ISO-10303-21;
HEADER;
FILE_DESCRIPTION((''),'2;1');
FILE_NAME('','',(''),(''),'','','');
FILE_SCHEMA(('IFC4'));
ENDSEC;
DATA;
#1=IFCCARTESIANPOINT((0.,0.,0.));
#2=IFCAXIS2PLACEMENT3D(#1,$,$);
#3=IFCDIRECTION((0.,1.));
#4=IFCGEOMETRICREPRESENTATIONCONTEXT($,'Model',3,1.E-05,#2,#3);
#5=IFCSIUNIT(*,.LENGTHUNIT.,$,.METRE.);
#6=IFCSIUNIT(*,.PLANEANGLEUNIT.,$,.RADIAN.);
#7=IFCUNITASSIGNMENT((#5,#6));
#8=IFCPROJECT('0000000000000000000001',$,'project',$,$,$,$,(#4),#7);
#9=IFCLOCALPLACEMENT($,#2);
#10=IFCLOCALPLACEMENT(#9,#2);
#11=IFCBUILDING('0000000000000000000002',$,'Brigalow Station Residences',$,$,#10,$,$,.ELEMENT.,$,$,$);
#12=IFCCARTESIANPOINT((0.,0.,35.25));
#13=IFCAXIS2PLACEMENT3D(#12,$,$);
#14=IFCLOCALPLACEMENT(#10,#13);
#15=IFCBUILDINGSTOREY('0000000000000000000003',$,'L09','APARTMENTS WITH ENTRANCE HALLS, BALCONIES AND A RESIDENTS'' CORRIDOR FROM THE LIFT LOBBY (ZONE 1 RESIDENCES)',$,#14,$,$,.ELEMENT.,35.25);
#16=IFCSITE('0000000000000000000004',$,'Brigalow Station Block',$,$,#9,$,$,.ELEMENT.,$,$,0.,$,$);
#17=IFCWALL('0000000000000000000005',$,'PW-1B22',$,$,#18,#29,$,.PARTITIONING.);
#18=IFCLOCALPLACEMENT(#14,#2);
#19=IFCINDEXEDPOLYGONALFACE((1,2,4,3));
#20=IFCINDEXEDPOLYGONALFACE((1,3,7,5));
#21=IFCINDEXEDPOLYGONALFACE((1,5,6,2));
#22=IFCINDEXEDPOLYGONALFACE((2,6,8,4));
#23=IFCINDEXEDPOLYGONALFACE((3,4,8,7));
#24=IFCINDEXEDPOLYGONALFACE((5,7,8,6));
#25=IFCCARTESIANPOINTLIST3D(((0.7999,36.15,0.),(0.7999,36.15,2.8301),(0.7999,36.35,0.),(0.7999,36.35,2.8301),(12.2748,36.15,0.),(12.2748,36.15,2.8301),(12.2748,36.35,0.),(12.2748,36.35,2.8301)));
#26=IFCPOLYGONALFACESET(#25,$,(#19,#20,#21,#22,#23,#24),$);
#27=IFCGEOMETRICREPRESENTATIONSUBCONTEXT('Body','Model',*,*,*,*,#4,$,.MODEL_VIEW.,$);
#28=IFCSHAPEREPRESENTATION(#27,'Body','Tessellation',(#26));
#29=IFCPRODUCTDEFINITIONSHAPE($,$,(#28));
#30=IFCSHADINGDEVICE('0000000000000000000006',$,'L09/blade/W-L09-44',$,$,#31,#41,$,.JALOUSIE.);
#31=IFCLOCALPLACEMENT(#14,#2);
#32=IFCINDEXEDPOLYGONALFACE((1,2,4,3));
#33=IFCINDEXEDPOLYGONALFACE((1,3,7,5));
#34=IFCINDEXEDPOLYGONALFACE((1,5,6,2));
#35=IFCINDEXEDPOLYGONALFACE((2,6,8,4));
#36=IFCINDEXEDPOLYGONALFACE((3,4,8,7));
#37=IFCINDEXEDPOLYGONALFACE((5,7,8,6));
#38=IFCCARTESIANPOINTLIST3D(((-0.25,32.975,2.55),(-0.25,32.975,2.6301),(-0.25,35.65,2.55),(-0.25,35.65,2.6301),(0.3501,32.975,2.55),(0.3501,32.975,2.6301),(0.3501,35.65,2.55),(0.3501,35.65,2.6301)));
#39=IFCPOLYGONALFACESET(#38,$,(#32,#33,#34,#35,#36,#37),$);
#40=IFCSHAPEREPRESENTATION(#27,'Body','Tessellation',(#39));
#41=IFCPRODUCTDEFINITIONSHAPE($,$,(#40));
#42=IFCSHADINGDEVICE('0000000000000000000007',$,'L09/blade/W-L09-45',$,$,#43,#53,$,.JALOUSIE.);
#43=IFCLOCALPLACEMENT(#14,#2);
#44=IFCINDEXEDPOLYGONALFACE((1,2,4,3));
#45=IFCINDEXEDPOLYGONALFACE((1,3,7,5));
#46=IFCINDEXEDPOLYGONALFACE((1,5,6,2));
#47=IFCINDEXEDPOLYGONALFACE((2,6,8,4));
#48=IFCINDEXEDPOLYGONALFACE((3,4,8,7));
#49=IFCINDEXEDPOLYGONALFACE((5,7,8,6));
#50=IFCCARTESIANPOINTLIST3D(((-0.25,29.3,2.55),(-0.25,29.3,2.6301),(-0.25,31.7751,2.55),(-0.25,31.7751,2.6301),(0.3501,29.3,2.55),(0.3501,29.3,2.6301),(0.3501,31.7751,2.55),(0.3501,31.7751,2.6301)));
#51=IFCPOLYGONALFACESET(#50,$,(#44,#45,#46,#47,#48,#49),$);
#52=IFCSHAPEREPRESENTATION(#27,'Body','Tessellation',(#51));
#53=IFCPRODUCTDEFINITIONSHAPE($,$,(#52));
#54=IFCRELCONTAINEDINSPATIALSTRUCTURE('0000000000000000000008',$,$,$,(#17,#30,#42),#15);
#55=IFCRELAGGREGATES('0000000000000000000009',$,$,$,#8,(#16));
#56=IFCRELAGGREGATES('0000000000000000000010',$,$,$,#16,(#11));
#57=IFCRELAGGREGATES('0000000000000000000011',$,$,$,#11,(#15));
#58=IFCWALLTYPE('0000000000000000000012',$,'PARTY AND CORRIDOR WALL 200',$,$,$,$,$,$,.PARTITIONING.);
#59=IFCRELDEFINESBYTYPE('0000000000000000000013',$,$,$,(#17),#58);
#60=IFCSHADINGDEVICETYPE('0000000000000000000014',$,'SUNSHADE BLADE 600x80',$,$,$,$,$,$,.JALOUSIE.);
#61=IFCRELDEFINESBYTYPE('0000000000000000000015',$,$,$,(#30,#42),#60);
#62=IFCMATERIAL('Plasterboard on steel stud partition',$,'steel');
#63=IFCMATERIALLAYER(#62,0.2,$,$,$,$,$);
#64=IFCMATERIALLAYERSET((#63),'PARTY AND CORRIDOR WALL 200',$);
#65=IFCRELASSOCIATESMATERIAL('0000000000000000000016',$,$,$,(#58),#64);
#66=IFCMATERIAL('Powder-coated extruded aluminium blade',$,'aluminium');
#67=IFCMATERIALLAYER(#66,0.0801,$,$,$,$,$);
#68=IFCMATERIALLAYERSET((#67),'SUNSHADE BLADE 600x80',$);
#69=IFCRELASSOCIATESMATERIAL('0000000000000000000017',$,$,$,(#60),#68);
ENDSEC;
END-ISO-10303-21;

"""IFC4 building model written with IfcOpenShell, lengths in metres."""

from ifc_helpers import new_model, si_unit, direction, frame, frame_2d, origin, origin_2d, place, context, subcontext, project, spatial, rectangle, extrude, material, layer, layer_set, type_object, element, save


model = new_model("IFC4")

# Units and contexts
model_context = context("Model", 3, precision=1e-05, world=origin(), true_north=direction((0.0, 1.0)))
body_context = subcontext(model_context, "Body", "Model", "MODEL_VIEW")
ifc_project = project(units=[si_unit("LENGTHUNIT", "METRE"), si_unit("PLANEANGLEUNIT", "RADIAN")], contexts=[model_context])

# Site, building, storey
site_placement = place(None, origin())
site = spatial("IfcSite", under=ifc_project, at=site_placement, Name="Brigalow Station Block", CompositionType="ELEMENT", RefElevation=0.0)
building_placement = place(site_placement, origin())
building = spatial("IfcBuilding", under=site, at=building_placement, Name="Brigalow Station Residences", CompositionType="ELEMENT")
storey_placement = place(building_placement, frame((0.0, 0.0, 35.25)))
storey = spatial("IfcBuildingStorey", under=building, at=storey_placement, Name="L09", Description="APARTMENTS WITH ENTRANCE HALLS, BALCONIES AND A RESIDENTS' CORRIDOR FROM THE LIFT LOBBY (ZONE 1 RESIDENCES)", CompositionType="ELEMENT", Elevation=35.25)

# Wall
ifc_material_1 = material(Name="Plasterboard on steel stud partition", Category="steel")
ifc_layer_1 = layer(ifc_material_1, 0.2)
ifc_layer_set_1 = layer_set([ifc_layer_1], Name="PARTY AND CORRIDOR WALL 200")
wall_type_1 = type_object("IfcWallType", Name="PARTY AND CORRIDOR WALL 200", PredefinedType="PARTITIONING", material=ifc_layer_set_1)
wall_1_placement = place(storey_placement, frame((0.8, 36.25, 0.0), z_axis=(0.0, 0.0, 1.0), x_axis=(1.0, 0.0, 0.0)))
element("IfcWall", 1, at=wall_1_placement, inside=storey, type_object=wall_type_1, Name="PW-1B22", PredefinedType="PARTITIONING", context=body_context, shape_type="SweptSolid", body=[
    extrude(rectangle(XDim=11.4749, YDim=0.2, at=frame_2d((5.7373, 0.0))), origin(), (0.0, 0.0, 1.0), 2.8301),
])

# Shading devices
ifc_material_2 = material(Name="Powder-coated extruded aluminium blade", Category="aluminium")
ifc_layer_2 = layer(ifc_material_2, 0.0801)
ifc_layer_set_2 = layer_set([ifc_layer_2], Name="SUNSHADE BLADE 600x80")
shading_device_type = type_object("IfcShadingDeviceType", Name="SUNSHADE BLADE 600x80", PredefinedType="JALOUSIE", material=ifc_layer_set_2)
shading_device_1_placement = place(storey_placement, frame((0.05, 34.3125, 2.55), z_axis=(0.0, 0.0, 1.0), x_axis=(0.0, -1.0, 0.0)))
element("IfcShadingDevice", 2, at=shading_device_1_placement, inside=storey, type_object=shading_device_type, Name="L09/blade/W-L09-44", PredefinedType="JALOUSIE", context=body_context, shape_type="SweptSolid", body=[
    extrude(rectangle(XDim=2.675, YDim=0.6001, at=origin_2d()), origin(), (0.0, 0.0, 1.0), 0.0801),
])
shading_device_2_placement = place(storey_placement, frame((0.05, 30.5376, 2.55), z_axis=(0.0, 0.0, 1.0), x_axis=(0.0, -1.0, 0.0)))
element("IfcShadingDevice", 3, at=shading_device_2_placement, inside=storey, type_object=shading_device_type, Name="L09/blade/W-L09-45", PredefinedType="JALOUSIE", context=body_context, shape_type="SweptSolid", body=[
    extrude(rectangle(XDim=2.4751, YDim=0.6001, at=origin_2d()), origin(), (0.0, 0.0, 1.0), 0.0801),
])

save(model, "model.ifc")
